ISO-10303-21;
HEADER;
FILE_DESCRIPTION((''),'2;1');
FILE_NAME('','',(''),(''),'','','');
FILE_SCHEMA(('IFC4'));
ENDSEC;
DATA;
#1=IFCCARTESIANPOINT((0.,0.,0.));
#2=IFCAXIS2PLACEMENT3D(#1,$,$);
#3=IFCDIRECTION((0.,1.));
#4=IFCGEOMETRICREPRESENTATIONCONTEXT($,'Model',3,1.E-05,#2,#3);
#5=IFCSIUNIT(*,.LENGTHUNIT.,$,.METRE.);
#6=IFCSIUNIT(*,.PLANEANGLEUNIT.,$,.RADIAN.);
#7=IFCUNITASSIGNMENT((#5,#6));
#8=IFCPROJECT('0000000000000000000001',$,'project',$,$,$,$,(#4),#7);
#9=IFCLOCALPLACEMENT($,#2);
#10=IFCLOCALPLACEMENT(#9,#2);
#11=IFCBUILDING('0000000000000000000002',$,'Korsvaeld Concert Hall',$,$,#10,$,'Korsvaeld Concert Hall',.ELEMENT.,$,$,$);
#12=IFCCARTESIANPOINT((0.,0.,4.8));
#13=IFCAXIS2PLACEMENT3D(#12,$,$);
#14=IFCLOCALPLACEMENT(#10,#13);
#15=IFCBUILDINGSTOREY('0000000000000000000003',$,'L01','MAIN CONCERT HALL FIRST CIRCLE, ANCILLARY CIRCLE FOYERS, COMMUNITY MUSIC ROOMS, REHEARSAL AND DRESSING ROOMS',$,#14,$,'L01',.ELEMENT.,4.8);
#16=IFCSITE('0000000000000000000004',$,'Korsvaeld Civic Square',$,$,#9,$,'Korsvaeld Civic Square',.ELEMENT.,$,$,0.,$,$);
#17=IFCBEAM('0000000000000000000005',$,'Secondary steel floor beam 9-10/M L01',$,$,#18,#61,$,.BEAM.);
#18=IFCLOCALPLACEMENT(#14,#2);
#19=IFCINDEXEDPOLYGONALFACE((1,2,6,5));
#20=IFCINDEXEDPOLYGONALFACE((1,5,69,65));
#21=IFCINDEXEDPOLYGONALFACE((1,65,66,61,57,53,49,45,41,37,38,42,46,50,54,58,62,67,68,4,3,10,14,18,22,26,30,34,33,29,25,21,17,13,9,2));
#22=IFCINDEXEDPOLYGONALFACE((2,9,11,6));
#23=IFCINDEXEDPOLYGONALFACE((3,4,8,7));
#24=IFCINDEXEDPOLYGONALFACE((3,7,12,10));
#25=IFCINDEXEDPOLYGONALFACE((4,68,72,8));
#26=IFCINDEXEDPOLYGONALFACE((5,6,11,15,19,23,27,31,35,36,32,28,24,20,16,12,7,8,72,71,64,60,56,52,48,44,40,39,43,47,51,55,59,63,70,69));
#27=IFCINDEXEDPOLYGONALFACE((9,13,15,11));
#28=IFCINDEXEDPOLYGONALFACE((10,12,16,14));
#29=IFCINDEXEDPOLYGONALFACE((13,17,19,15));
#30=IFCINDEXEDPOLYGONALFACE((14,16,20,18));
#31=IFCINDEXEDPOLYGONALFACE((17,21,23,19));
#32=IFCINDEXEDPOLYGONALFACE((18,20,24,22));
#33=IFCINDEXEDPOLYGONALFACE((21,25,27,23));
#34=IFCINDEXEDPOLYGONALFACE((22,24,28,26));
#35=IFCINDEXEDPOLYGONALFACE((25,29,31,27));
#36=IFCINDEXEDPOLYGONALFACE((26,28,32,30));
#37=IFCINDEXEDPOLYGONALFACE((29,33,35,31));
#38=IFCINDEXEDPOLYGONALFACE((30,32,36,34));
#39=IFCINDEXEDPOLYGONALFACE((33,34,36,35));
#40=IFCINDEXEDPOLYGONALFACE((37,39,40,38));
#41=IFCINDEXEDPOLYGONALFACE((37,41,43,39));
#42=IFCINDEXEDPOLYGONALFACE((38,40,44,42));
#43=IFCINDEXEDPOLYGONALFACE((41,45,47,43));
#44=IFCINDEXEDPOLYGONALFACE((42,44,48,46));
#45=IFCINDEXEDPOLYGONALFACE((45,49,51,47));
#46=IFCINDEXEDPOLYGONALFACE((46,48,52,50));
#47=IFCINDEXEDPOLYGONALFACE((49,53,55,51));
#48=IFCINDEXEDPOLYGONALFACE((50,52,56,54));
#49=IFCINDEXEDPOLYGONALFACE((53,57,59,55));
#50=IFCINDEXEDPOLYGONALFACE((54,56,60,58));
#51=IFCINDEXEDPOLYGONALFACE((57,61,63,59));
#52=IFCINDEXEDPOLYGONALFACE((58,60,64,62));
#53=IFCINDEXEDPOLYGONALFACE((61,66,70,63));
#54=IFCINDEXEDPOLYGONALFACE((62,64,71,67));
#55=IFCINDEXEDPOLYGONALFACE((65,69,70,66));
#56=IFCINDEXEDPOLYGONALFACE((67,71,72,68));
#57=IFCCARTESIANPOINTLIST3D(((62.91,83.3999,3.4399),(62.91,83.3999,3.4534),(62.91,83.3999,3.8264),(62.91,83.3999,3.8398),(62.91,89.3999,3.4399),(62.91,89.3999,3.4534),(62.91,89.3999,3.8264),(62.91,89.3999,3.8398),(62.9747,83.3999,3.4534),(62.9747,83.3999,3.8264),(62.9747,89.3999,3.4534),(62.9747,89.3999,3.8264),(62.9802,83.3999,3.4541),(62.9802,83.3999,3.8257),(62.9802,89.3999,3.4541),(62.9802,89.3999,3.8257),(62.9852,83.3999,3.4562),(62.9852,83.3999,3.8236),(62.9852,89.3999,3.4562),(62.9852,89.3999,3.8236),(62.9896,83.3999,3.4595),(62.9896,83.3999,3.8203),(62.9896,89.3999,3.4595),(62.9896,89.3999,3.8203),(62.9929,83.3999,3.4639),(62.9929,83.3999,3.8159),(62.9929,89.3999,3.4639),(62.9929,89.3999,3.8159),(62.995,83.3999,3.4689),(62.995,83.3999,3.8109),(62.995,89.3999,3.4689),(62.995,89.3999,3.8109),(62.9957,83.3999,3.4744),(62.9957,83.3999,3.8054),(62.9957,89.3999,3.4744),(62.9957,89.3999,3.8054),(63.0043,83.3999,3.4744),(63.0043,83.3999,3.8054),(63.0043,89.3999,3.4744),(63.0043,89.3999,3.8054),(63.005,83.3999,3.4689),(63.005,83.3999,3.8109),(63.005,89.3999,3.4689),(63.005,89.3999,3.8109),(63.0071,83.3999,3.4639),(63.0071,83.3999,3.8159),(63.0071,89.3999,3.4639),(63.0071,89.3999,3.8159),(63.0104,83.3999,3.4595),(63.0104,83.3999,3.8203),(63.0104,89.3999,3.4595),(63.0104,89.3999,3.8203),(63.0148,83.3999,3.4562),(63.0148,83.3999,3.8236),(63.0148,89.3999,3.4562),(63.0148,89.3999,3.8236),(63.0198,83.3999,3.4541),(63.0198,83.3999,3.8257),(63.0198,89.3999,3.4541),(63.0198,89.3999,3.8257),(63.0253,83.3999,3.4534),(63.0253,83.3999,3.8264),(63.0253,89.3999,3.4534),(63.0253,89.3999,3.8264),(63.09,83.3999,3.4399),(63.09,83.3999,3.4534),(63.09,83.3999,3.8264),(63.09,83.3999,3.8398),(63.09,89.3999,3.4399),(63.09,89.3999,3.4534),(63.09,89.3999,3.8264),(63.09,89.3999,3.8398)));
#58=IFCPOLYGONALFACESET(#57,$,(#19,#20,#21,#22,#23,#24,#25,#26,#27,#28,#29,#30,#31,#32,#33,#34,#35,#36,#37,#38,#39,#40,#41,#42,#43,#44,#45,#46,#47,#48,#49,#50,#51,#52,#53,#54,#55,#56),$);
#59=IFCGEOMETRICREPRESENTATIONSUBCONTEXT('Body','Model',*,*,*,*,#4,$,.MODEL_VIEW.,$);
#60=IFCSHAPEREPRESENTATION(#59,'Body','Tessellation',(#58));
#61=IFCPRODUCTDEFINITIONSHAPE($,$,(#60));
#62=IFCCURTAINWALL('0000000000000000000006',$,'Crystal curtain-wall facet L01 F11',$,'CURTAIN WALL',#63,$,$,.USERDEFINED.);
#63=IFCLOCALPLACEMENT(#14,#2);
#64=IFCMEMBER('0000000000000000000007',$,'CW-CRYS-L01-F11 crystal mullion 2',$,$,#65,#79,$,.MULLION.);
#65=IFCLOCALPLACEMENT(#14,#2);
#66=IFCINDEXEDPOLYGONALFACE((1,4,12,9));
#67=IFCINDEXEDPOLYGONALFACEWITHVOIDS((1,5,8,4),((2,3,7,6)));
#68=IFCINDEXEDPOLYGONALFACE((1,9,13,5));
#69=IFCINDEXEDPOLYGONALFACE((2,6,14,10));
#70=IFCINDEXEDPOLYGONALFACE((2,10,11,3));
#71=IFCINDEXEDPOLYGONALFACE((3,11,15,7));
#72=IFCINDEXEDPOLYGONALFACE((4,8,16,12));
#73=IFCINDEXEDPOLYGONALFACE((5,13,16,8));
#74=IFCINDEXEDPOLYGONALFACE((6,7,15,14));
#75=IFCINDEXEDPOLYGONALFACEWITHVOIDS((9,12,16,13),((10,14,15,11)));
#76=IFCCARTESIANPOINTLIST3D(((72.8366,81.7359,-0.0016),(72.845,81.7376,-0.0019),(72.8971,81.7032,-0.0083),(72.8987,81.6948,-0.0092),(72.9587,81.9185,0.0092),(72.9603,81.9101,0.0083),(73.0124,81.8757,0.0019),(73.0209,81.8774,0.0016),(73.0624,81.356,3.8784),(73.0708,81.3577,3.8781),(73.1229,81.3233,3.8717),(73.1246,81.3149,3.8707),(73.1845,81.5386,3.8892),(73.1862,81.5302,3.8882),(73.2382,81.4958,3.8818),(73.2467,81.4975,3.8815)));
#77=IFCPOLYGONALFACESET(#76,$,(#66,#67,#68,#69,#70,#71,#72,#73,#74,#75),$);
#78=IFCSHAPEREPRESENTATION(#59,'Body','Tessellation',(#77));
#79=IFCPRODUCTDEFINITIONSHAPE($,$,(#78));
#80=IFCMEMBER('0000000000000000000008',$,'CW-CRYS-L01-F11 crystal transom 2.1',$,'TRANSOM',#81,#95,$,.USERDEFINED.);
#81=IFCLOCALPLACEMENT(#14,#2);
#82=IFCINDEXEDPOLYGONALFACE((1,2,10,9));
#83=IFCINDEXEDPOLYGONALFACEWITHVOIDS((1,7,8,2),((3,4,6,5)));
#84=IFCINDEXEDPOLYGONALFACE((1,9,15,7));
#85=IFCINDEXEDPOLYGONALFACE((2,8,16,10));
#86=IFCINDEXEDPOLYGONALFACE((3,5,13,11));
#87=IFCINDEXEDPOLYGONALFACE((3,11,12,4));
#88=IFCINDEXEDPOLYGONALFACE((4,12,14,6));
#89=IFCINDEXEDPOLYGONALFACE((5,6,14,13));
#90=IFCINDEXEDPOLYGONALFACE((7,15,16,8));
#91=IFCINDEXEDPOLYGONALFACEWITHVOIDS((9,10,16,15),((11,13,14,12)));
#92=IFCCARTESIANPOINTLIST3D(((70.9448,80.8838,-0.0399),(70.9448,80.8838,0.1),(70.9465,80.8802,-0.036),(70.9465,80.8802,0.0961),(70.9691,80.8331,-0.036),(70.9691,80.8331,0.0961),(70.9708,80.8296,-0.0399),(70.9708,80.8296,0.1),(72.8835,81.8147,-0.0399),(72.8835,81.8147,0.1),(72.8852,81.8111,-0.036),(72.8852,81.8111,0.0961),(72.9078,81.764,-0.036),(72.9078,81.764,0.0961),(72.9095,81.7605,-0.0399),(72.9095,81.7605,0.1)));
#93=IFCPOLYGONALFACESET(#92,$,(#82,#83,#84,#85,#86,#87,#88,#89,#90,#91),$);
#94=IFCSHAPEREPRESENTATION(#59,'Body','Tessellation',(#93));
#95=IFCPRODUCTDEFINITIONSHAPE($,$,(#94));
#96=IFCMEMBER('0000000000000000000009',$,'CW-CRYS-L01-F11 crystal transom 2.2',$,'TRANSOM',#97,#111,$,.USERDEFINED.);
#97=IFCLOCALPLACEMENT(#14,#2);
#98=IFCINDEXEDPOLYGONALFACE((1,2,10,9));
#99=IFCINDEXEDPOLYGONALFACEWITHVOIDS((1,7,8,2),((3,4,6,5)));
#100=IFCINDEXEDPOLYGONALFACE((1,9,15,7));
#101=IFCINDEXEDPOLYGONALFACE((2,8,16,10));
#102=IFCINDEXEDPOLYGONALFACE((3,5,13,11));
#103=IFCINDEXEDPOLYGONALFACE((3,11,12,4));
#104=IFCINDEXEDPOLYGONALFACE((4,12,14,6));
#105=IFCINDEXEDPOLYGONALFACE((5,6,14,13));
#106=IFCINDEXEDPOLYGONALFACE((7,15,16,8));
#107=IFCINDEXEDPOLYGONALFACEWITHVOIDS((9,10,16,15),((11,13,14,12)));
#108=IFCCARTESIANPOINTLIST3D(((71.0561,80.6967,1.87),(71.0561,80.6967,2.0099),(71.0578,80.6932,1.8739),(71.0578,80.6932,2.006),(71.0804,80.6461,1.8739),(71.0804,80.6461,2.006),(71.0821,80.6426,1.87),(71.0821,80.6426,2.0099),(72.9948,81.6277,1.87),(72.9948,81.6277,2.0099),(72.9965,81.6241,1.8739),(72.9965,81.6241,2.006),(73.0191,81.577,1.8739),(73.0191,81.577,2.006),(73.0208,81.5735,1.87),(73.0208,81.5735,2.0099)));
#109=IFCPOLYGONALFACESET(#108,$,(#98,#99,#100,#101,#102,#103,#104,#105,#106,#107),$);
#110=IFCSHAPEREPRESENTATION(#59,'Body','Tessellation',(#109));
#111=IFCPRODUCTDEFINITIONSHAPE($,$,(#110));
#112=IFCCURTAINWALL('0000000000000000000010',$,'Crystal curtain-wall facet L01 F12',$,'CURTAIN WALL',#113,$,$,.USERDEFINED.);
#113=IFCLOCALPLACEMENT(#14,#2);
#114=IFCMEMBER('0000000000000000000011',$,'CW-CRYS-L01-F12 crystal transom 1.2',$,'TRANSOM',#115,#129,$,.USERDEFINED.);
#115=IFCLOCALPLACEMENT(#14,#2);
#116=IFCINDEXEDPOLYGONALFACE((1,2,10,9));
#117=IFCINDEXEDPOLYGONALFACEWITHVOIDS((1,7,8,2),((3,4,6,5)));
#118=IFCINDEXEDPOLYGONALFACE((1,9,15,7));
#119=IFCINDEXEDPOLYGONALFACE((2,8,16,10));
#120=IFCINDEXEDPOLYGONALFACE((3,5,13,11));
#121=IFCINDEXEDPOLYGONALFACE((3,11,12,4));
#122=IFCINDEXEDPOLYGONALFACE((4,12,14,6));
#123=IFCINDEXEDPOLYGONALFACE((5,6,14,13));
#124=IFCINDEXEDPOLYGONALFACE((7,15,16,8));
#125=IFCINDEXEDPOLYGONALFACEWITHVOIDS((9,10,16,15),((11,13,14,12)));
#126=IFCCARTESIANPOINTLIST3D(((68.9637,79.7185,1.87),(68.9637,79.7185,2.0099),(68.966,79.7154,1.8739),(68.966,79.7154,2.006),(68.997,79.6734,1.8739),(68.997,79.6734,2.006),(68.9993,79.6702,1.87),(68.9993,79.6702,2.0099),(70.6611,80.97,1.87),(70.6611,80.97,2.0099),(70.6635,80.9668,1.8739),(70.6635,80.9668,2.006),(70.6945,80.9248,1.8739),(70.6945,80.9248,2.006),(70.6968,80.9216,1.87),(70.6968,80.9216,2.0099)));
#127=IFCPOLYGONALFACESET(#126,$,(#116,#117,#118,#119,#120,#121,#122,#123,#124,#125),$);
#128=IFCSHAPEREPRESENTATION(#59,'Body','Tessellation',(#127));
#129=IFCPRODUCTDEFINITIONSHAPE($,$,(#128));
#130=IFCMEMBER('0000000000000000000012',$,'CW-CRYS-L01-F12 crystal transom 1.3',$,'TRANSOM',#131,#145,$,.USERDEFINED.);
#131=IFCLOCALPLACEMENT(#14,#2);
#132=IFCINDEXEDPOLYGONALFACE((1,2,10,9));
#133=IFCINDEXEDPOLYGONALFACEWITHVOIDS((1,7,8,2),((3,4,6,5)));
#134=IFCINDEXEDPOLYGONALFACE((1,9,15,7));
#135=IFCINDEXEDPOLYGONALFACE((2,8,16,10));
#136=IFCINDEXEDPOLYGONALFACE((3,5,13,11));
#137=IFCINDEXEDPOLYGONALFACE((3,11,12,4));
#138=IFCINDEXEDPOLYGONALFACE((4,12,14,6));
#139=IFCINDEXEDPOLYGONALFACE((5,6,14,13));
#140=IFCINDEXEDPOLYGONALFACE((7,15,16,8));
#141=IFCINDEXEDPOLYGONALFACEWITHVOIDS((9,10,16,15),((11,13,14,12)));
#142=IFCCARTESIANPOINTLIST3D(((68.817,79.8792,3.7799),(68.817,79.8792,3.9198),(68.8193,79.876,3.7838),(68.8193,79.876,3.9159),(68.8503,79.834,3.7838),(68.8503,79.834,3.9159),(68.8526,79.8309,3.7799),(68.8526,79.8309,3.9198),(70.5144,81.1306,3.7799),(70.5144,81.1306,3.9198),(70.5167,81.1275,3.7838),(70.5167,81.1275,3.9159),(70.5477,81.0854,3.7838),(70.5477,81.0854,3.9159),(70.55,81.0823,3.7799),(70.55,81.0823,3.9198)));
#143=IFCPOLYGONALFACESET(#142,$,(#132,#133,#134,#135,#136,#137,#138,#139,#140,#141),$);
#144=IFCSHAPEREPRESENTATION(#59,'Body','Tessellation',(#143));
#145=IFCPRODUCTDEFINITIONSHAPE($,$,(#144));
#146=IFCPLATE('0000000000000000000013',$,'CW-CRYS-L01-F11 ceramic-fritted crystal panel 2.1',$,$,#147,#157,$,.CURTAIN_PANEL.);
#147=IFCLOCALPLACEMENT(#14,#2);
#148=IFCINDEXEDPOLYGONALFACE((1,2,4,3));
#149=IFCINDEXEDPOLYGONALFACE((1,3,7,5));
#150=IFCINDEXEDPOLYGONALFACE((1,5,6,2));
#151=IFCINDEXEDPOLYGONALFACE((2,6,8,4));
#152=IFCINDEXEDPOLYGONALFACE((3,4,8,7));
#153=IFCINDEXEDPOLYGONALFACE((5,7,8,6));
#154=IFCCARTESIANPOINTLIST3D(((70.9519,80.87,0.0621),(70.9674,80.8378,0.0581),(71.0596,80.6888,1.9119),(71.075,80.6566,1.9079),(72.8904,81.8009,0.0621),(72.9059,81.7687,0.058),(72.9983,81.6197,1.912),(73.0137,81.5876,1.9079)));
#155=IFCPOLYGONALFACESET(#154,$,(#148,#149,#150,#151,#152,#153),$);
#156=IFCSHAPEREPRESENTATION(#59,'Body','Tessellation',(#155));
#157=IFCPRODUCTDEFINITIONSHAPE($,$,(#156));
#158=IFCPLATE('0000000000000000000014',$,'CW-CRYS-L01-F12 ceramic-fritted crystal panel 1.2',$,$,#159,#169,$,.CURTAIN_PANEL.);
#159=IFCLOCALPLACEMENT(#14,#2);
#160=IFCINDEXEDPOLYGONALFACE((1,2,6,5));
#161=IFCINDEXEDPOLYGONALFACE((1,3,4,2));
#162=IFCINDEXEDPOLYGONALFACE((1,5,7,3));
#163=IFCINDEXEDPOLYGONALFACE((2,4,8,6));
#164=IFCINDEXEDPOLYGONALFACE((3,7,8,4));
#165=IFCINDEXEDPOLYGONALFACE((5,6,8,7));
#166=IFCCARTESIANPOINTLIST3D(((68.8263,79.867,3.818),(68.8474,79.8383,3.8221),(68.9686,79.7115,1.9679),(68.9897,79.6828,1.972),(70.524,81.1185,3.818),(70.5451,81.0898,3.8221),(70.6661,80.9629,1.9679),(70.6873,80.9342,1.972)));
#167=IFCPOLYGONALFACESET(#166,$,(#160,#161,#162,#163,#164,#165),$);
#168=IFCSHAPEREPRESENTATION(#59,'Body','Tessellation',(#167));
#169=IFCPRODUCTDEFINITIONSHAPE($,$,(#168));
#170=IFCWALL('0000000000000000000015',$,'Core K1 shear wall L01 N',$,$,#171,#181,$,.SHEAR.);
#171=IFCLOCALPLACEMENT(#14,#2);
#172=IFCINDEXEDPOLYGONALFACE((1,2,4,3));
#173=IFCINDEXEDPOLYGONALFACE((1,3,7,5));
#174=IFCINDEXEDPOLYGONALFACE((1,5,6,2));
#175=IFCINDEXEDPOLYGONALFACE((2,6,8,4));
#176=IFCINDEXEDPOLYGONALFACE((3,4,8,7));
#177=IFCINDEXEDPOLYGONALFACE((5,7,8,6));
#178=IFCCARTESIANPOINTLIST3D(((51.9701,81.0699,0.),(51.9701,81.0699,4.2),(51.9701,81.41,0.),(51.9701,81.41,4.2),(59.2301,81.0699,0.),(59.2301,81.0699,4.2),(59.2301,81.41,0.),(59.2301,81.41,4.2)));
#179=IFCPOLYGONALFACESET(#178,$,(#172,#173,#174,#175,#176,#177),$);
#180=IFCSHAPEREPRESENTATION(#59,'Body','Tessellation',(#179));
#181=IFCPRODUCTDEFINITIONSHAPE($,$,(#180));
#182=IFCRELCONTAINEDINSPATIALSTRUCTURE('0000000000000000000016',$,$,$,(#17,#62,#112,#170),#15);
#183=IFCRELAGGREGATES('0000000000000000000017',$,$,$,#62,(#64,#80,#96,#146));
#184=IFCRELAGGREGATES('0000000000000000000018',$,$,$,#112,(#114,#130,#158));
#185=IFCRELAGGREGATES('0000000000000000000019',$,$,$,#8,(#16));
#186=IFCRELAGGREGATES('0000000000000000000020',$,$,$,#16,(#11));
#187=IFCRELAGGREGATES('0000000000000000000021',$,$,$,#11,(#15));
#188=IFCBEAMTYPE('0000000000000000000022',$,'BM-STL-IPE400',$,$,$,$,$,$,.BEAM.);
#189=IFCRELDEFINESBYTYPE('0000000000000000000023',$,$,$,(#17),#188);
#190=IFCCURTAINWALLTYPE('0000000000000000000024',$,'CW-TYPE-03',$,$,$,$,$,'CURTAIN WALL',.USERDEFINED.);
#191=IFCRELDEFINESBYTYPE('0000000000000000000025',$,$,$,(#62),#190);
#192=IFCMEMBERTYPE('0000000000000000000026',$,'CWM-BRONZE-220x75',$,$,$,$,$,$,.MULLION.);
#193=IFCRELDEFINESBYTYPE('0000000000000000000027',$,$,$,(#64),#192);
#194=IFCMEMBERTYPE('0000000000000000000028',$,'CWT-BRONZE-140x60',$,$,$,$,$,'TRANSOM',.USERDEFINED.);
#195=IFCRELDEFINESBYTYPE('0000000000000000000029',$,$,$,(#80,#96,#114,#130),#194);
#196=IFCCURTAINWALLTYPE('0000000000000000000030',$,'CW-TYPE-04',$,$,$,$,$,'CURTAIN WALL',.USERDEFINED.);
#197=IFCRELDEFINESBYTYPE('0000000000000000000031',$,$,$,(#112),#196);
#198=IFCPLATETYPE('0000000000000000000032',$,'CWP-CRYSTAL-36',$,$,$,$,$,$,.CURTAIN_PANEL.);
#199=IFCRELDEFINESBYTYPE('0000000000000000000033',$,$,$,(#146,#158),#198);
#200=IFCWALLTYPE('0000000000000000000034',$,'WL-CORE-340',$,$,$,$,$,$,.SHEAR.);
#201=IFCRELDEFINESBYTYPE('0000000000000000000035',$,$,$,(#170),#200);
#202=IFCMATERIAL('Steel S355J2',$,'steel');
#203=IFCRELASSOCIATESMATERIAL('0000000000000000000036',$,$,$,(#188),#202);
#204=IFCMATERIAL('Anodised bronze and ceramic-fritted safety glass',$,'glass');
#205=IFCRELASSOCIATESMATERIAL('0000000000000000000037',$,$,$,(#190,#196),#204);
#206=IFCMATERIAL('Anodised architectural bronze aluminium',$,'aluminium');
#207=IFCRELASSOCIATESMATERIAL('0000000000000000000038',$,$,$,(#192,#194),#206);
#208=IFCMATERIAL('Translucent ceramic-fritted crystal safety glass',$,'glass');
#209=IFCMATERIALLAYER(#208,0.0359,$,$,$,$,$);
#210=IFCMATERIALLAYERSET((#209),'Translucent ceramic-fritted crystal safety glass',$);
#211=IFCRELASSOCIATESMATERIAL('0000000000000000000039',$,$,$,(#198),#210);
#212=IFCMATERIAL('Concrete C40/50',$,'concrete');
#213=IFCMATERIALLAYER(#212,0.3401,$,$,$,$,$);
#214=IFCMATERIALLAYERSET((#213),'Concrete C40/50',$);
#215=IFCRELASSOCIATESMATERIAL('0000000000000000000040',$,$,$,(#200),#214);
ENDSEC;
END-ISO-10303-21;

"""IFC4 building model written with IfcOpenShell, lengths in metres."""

from ifc_helpers import new_model, si_unit, direction, frame, frame_2d, origin, origin_2d, place, context, subcontext, project, spatial, polyline, rectangle, hollow_rectangle, i_section, outline, extrude, material, layer, layer_set, material_profile, profile_set, type_object, element, aggregate, save


model = new_model("IFC4")

# Units and contexts
model_context = context("Model", 3, precision=1e-05, world=origin(), true_north=direction((0.0, 1.0)))
body_context = subcontext(model_context, "Body", "Model", "MODEL_VIEW")
ifc_project = project(units=[si_unit("LENGTHUNIT", "METRE"), si_unit("PLANEANGLEUNIT", "RADIAN")], contexts=[model_context])

# Site, building, storey
site_placement = place(None, origin())
site = spatial("IfcSite", under=ifc_project, at=site_placement, Name="Korsvaeld Civic Square", LongName="Korsvaeld Civic Square", CompositionType="ELEMENT", RefElevation=0.0)
building_placement = place(site_placement, origin())
building = spatial("IfcBuilding", under=site, at=building_placement, Name="Korsvaeld Concert Hall", LongName="Korsvaeld Concert Hall", CompositionType="ELEMENT")
storey_placement = place(building_placement, frame((0.0, 0.0, 4.8)))
storey = spatial("IfcBuildingStorey", under=building, at=storey_placement, Name="L01", Description="MAIN CONCERT HALL FIRST CIRCLE, ANCILLARY CIRCLE FOYERS, COMMUNITY MUSIC ROOMS, REHEARSAL AND DRESSING ROOMS", LongName="L01", CompositionType="ELEMENT", Elevation=4.8)

# Shared definitions
ifc_material_1 = material(Name="Concrete C40/50", Category="concrete")

# Beam
ifc_material_2 = material(Name="Steel S355J2", Category="steel")
ifc_material_profile_1 = material_profile(ifc_material_2, i_section(OverallWidth=0.1799, OverallDepth=0.3999, WebThickness=0.0085, FlangeThickness=0.0134, FilletRadius=0.021, at=origin_2d()), Name="IPE 400")
ifc_profile_set_1 = profile_set([ifc_material_profile_1], Name="Steel S355J2")
beam_type_1 = type_object("IfcBeamType", Name="BM-STL-IPE400", PredefinedType="BEAM", material=ifc_profile_set_1)
beam_1_placement = place(storey_placement, frame((63.0, 83.3999, 3.6399), z_axis=(0.0, 1.0, 0.0), x_axis=(-1.0, 0.0, 0.0)))
element("IfcBeam", 1, at=beam_1_placement, inside=storey, type_object=beam_type_1, Name="Secondary steel floor beam 9-10/M L01", PredefinedType="BEAM", context=body_context, shape_type="SweptSolid", body=[
    extrude(i_section(OverallWidth=0.1799, OverallDepth=0.3999, WebThickness=0.0085, FlangeThickness=0.0134, FilletRadius=0.021, at=origin_2d()), origin(), (0.0, 0.0, 1.0), 6.0),
])

# Curtain walls, members
ifc_material_3 = material(Name="Anodised bronze and ceramic-fritted safety glass", Category="glass")
curtain_wall_type_1 = type_object("IfcCurtainWallType", Name="CW-TYPE-03", ElementType="CURTAIN WALL", PredefinedType="USERDEFINED", material=ifc_material_3)
curtain_wall_1_placement = place(storey_placement, origin())
curtain_wall_1 = element("IfcCurtainWall", 2, at=curtain_wall_1_placement, inside=storey, type_object=curtain_wall_type_1, Name="Crystal curtain-wall facet L01 F11", ObjectType="CURTAIN WALL", PredefinedType="USERDEFINED")
ifc_material_4 = material(Name="Anodised architectural bronze aluminium", Category="aluminium")
ifc_material_profile_2 = material_profile(ifc_material_4, hollow_rectangle(XDim=0.075, YDim=0.22, WallThickness=0.0061, at=origin_2d()), Name="CWM 220x75x6")
ifc_profile_set_2 = profile_set([ifc_material_profile_2], Name="Anodised architectural bronze aluminium")
member_type_1 = type_object("IfcMemberType", Name="CWM-BRONZE-220x75", PredefinedType="MULLION", material=ifc_profile_set_2)
member_1_placement = place(storey_placement, frame((72.9287, 81.8066, 0.0), z_axis=(0.057831, -0.097282, 0.993575), x_axis=(0.82974, -0.548746, -0.102024)))
member_1 = element("IfcMember", 3, at=member_1_placement, type_object=member_type_1, Name="CW-CRYS-L01-F11 crystal mullion 2", PredefinedType="MULLION", context=body_context, shape_type="SweptSolid", body=[
    extrude(hollow_rectangle(XDim=0.075, YDim=0.22, WallThickness=0.0061, at=origin_2d()), origin(), (0.0, 0.0, 1.0), 3.905),
])
ifc_material_profile_3 = material_profile(ifc_material_4, hollow_rectangle(XDim=0.0601, YDim=0.1399, WallThickness=0.0039, at=origin_2d()), Name="CWT 140x60x4")
ifc_profile_set_3 = profile_set([ifc_material_profile_3], Name="Anodised architectural bronze aluminium")
member_type_2 = type_object("IfcMemberType", Name="CWT-BRONZE-140x60", ElementType="TRANSOM", PredefinedType="USERDEFINED", material=ifc_profile_set_3)
member_2_placement = place(storey_placement, frame((72.8965, 81.7876, 0.03), z_axis=(-0.901465, -0.432853, 0.0), x_axis=(0.432853, -0.901465, 0.0)))
member_2 = element("IfcMember", 4, at=member_2_placement, type_object=member_type_2, Name="CW-CRYS-L01-F11 crystal transom 2.1", ObjectType="TRANSOM", PredefinedType="USERDEFINED", context=body_context, shape_type="SweptSolid", body=[
    extrude(hollow_rectangle(XDim=0.0601, YDim=0.1399, WallThickness=0.0039, at=origin_2d()), origin(), (0.0, 0.0, 1.0), 2.1506),
])
member_3_placement = place(storey_placement, frame((73.0078, 81.6006, 1.9399), z_axis=(-0.901465, -0.432853, 0.0), x_axis=(0.432853, -0.901465, 0.0)))
member_3 = element("IfcMember", 5, at=member_3_placement, type_object=member_type_2, Name="CW-CRYS-L01-F11 crystal transom 2.2", ObjectType="TRANSOM", PredefinedType="USERDEFINED", context=body_context, shape_type="SweptSolid", body=[
    extrude(hollow_rectangle(XDim=0.0601, YDim=0.1399, WallThickness=0.0039, at=origin_2d()), origin(), (0.0, 0.0, 1.0), 2.1506),
])
curtain_wall_type_2 = type_object("IfcCurtainWallType", Name="CW-TYPE-04", ElementType="CURTAIN WALL", PredefinedType="USERDEFINED", material=ifc_material_3)
curtain_wall_2_placement = place(storey_placement, origin())
curtain_wall_2 = element("IfcCurtainWall", 6, at=curtain_wall_2_placement, inside=storey, type_object=curtain_wall_type_2, Name="Crystal curtain-wall facet L01 F12", ObjectType="CURTAIN WALL", PredefinedType="USERDEFINED")
member_4_placement = place(storey_placement, frame((70.679, 80.9458, 1.9399), z_axis=(-0.804905, -0.593404, 0.0), x_axis=(0.593404, -0.804905, 0.0)))
member_4 = element("IfcMember", 7, at=member_4_placement, type_object=member_type_2, Name="CW-CRYS-L01-F12 crystal transom 1.2", ObjectType="TRANSOM", PredefinedType="USERDEFINED", context=body_context, shape_type="SweptSolid", body=[
    extrude(hollow_rectangle(XDim=0.0601, YDim=0.1399, WallThickness=0.0039, at=origin_2d()), origin(), (0.0, 0.0, 1.0), 2.1089),
])
member_5_placement = place(storey_placement, frame((70.5322, 81.1064, 3.8499), z_axis=(-0.804905, -0.593404, 0.0), x_axis=(0.593404, -0.804905, 0.0)))
member_5 = element("IfcMember", 8, at=member_5_placement, type_object=member_type_2, Name="CW-CRYS-L01-F12 crystal transom 1.3", ObjectType="TRANSOM", PredefinedType="USERDEFINED", context=body_context, shape_type="SweptSolid", body=[
    extrude(hollow_rectangle(XDim=0.0601, YDim=0.1399, WallThickness=0.0039, at=origin_2d()), origin(), (0.0, 0.0, 1.0), 2.1089),
])

# Plates
ifc_material_5 = material(Name="Translucent ceramic-fritted crystal safety glass", Category="glass")
ifc_layer_1 = layer(ifc_material_5, 0.0359)
ifc_layer_set_1 = layer_set([ifc_layer_1], Name="Translucent ceramic-fritted crystal safety glass")
plate_type = type_object("IfcPlateType", Name="CWP-CRYSTAL-36", PredefinedType="CURTAIN_PANEL", material=ifc_layer_set_1)
plate_1_placement = place(storey_placement, frame((72.8982, 81.7847, 0.0601), z_axis=(-0.430113, 0.895703, 0.112776), x_axis=(-0.901454, -0.432875, 0.000003)))
plate_1 = element("IfcPlate", 9, at=plate_1_placement, type_object=plate_type, Name="CW-CRYS-L01-F11 ceramic-fritted crystal panel 2.1", PredefinedType="CURTAIN_PANEL", context=body_context, shape_type="SweptSolid", body=[
    extrude(outline(polyline([(0.0, 0.0), (2.1504, 0.0), (2.1318, 1.8617), (-0.0189, 1.8617), (0.0, 0.0)])), frame((0.0, 0.0, 0.0181)), (0.0, 0.0, -1.0), 0.0359),
])
aggregate(curtain_wall_1, [member_1, member_2, member_3, plate_1])
plate_2_placement = place(storey_placement, frame((70.6768, 80.9485, 1.97), z_axis=(-0.589606, 0.79981, -0.112553), x_axis=(-0.804925, -0.593377, -0.000004)))
plate_2 = element("IfcPlate", 10, at=plate_2_placement, type_object=plate_type, Name="CW-CRYS-L01-F12 ceramic-fritted crystal panel 1.2", PredefinedType="CURTAIN_PANEL", context=body_context, shape_type="SweptSolid", body=[
    extrude(outline(polyline([(0.0, 0.0), (2.109, 0.0), (2.1312, 1.8619), (0.0221, 1.8619), (0.0, 0.0)])), frame((0.0, 0.0, 0.0181)), (0.0, 0.0, -1.0), 0.0359),
])
aggregate(curtain_wall_2, [member_4, member_5, plate_2])

# Wall
ifc_layer_2 = layer(ifc_material_1, 0.3401)
ifc_layer_set_2 = layer_set([ifc_layer_2], Name="Concrete C40/50")
wall_type_1 = type_object("IfcWallType", Name="WL-CORE-340", PredefinedType="SHEAR", material=ifc_layer_set_2)
wall_1_placement = place(storey_placement, frame((59.23, 81.24, 0.0), z_axis=(0.0, 0.0, 1.0), x_axis=(-1.0, 0.0, 0.0)))
element("IfcWall", 11, at=wall_1_placement, inside=storey, type_object=wall_type_1, Name="Core K1 shear wall L01 N", PredefinedType="SHEAR", context=body_context, shape_type="SweptSolid", body=[
    extrude(rectangle(XDim=7.26, YDim=0.3401, at=frame_2d((3.6299, 0.0))), origin(), (0.0, 0.0, 1.0), 4.2),
])

save(model, "model.ifc")
